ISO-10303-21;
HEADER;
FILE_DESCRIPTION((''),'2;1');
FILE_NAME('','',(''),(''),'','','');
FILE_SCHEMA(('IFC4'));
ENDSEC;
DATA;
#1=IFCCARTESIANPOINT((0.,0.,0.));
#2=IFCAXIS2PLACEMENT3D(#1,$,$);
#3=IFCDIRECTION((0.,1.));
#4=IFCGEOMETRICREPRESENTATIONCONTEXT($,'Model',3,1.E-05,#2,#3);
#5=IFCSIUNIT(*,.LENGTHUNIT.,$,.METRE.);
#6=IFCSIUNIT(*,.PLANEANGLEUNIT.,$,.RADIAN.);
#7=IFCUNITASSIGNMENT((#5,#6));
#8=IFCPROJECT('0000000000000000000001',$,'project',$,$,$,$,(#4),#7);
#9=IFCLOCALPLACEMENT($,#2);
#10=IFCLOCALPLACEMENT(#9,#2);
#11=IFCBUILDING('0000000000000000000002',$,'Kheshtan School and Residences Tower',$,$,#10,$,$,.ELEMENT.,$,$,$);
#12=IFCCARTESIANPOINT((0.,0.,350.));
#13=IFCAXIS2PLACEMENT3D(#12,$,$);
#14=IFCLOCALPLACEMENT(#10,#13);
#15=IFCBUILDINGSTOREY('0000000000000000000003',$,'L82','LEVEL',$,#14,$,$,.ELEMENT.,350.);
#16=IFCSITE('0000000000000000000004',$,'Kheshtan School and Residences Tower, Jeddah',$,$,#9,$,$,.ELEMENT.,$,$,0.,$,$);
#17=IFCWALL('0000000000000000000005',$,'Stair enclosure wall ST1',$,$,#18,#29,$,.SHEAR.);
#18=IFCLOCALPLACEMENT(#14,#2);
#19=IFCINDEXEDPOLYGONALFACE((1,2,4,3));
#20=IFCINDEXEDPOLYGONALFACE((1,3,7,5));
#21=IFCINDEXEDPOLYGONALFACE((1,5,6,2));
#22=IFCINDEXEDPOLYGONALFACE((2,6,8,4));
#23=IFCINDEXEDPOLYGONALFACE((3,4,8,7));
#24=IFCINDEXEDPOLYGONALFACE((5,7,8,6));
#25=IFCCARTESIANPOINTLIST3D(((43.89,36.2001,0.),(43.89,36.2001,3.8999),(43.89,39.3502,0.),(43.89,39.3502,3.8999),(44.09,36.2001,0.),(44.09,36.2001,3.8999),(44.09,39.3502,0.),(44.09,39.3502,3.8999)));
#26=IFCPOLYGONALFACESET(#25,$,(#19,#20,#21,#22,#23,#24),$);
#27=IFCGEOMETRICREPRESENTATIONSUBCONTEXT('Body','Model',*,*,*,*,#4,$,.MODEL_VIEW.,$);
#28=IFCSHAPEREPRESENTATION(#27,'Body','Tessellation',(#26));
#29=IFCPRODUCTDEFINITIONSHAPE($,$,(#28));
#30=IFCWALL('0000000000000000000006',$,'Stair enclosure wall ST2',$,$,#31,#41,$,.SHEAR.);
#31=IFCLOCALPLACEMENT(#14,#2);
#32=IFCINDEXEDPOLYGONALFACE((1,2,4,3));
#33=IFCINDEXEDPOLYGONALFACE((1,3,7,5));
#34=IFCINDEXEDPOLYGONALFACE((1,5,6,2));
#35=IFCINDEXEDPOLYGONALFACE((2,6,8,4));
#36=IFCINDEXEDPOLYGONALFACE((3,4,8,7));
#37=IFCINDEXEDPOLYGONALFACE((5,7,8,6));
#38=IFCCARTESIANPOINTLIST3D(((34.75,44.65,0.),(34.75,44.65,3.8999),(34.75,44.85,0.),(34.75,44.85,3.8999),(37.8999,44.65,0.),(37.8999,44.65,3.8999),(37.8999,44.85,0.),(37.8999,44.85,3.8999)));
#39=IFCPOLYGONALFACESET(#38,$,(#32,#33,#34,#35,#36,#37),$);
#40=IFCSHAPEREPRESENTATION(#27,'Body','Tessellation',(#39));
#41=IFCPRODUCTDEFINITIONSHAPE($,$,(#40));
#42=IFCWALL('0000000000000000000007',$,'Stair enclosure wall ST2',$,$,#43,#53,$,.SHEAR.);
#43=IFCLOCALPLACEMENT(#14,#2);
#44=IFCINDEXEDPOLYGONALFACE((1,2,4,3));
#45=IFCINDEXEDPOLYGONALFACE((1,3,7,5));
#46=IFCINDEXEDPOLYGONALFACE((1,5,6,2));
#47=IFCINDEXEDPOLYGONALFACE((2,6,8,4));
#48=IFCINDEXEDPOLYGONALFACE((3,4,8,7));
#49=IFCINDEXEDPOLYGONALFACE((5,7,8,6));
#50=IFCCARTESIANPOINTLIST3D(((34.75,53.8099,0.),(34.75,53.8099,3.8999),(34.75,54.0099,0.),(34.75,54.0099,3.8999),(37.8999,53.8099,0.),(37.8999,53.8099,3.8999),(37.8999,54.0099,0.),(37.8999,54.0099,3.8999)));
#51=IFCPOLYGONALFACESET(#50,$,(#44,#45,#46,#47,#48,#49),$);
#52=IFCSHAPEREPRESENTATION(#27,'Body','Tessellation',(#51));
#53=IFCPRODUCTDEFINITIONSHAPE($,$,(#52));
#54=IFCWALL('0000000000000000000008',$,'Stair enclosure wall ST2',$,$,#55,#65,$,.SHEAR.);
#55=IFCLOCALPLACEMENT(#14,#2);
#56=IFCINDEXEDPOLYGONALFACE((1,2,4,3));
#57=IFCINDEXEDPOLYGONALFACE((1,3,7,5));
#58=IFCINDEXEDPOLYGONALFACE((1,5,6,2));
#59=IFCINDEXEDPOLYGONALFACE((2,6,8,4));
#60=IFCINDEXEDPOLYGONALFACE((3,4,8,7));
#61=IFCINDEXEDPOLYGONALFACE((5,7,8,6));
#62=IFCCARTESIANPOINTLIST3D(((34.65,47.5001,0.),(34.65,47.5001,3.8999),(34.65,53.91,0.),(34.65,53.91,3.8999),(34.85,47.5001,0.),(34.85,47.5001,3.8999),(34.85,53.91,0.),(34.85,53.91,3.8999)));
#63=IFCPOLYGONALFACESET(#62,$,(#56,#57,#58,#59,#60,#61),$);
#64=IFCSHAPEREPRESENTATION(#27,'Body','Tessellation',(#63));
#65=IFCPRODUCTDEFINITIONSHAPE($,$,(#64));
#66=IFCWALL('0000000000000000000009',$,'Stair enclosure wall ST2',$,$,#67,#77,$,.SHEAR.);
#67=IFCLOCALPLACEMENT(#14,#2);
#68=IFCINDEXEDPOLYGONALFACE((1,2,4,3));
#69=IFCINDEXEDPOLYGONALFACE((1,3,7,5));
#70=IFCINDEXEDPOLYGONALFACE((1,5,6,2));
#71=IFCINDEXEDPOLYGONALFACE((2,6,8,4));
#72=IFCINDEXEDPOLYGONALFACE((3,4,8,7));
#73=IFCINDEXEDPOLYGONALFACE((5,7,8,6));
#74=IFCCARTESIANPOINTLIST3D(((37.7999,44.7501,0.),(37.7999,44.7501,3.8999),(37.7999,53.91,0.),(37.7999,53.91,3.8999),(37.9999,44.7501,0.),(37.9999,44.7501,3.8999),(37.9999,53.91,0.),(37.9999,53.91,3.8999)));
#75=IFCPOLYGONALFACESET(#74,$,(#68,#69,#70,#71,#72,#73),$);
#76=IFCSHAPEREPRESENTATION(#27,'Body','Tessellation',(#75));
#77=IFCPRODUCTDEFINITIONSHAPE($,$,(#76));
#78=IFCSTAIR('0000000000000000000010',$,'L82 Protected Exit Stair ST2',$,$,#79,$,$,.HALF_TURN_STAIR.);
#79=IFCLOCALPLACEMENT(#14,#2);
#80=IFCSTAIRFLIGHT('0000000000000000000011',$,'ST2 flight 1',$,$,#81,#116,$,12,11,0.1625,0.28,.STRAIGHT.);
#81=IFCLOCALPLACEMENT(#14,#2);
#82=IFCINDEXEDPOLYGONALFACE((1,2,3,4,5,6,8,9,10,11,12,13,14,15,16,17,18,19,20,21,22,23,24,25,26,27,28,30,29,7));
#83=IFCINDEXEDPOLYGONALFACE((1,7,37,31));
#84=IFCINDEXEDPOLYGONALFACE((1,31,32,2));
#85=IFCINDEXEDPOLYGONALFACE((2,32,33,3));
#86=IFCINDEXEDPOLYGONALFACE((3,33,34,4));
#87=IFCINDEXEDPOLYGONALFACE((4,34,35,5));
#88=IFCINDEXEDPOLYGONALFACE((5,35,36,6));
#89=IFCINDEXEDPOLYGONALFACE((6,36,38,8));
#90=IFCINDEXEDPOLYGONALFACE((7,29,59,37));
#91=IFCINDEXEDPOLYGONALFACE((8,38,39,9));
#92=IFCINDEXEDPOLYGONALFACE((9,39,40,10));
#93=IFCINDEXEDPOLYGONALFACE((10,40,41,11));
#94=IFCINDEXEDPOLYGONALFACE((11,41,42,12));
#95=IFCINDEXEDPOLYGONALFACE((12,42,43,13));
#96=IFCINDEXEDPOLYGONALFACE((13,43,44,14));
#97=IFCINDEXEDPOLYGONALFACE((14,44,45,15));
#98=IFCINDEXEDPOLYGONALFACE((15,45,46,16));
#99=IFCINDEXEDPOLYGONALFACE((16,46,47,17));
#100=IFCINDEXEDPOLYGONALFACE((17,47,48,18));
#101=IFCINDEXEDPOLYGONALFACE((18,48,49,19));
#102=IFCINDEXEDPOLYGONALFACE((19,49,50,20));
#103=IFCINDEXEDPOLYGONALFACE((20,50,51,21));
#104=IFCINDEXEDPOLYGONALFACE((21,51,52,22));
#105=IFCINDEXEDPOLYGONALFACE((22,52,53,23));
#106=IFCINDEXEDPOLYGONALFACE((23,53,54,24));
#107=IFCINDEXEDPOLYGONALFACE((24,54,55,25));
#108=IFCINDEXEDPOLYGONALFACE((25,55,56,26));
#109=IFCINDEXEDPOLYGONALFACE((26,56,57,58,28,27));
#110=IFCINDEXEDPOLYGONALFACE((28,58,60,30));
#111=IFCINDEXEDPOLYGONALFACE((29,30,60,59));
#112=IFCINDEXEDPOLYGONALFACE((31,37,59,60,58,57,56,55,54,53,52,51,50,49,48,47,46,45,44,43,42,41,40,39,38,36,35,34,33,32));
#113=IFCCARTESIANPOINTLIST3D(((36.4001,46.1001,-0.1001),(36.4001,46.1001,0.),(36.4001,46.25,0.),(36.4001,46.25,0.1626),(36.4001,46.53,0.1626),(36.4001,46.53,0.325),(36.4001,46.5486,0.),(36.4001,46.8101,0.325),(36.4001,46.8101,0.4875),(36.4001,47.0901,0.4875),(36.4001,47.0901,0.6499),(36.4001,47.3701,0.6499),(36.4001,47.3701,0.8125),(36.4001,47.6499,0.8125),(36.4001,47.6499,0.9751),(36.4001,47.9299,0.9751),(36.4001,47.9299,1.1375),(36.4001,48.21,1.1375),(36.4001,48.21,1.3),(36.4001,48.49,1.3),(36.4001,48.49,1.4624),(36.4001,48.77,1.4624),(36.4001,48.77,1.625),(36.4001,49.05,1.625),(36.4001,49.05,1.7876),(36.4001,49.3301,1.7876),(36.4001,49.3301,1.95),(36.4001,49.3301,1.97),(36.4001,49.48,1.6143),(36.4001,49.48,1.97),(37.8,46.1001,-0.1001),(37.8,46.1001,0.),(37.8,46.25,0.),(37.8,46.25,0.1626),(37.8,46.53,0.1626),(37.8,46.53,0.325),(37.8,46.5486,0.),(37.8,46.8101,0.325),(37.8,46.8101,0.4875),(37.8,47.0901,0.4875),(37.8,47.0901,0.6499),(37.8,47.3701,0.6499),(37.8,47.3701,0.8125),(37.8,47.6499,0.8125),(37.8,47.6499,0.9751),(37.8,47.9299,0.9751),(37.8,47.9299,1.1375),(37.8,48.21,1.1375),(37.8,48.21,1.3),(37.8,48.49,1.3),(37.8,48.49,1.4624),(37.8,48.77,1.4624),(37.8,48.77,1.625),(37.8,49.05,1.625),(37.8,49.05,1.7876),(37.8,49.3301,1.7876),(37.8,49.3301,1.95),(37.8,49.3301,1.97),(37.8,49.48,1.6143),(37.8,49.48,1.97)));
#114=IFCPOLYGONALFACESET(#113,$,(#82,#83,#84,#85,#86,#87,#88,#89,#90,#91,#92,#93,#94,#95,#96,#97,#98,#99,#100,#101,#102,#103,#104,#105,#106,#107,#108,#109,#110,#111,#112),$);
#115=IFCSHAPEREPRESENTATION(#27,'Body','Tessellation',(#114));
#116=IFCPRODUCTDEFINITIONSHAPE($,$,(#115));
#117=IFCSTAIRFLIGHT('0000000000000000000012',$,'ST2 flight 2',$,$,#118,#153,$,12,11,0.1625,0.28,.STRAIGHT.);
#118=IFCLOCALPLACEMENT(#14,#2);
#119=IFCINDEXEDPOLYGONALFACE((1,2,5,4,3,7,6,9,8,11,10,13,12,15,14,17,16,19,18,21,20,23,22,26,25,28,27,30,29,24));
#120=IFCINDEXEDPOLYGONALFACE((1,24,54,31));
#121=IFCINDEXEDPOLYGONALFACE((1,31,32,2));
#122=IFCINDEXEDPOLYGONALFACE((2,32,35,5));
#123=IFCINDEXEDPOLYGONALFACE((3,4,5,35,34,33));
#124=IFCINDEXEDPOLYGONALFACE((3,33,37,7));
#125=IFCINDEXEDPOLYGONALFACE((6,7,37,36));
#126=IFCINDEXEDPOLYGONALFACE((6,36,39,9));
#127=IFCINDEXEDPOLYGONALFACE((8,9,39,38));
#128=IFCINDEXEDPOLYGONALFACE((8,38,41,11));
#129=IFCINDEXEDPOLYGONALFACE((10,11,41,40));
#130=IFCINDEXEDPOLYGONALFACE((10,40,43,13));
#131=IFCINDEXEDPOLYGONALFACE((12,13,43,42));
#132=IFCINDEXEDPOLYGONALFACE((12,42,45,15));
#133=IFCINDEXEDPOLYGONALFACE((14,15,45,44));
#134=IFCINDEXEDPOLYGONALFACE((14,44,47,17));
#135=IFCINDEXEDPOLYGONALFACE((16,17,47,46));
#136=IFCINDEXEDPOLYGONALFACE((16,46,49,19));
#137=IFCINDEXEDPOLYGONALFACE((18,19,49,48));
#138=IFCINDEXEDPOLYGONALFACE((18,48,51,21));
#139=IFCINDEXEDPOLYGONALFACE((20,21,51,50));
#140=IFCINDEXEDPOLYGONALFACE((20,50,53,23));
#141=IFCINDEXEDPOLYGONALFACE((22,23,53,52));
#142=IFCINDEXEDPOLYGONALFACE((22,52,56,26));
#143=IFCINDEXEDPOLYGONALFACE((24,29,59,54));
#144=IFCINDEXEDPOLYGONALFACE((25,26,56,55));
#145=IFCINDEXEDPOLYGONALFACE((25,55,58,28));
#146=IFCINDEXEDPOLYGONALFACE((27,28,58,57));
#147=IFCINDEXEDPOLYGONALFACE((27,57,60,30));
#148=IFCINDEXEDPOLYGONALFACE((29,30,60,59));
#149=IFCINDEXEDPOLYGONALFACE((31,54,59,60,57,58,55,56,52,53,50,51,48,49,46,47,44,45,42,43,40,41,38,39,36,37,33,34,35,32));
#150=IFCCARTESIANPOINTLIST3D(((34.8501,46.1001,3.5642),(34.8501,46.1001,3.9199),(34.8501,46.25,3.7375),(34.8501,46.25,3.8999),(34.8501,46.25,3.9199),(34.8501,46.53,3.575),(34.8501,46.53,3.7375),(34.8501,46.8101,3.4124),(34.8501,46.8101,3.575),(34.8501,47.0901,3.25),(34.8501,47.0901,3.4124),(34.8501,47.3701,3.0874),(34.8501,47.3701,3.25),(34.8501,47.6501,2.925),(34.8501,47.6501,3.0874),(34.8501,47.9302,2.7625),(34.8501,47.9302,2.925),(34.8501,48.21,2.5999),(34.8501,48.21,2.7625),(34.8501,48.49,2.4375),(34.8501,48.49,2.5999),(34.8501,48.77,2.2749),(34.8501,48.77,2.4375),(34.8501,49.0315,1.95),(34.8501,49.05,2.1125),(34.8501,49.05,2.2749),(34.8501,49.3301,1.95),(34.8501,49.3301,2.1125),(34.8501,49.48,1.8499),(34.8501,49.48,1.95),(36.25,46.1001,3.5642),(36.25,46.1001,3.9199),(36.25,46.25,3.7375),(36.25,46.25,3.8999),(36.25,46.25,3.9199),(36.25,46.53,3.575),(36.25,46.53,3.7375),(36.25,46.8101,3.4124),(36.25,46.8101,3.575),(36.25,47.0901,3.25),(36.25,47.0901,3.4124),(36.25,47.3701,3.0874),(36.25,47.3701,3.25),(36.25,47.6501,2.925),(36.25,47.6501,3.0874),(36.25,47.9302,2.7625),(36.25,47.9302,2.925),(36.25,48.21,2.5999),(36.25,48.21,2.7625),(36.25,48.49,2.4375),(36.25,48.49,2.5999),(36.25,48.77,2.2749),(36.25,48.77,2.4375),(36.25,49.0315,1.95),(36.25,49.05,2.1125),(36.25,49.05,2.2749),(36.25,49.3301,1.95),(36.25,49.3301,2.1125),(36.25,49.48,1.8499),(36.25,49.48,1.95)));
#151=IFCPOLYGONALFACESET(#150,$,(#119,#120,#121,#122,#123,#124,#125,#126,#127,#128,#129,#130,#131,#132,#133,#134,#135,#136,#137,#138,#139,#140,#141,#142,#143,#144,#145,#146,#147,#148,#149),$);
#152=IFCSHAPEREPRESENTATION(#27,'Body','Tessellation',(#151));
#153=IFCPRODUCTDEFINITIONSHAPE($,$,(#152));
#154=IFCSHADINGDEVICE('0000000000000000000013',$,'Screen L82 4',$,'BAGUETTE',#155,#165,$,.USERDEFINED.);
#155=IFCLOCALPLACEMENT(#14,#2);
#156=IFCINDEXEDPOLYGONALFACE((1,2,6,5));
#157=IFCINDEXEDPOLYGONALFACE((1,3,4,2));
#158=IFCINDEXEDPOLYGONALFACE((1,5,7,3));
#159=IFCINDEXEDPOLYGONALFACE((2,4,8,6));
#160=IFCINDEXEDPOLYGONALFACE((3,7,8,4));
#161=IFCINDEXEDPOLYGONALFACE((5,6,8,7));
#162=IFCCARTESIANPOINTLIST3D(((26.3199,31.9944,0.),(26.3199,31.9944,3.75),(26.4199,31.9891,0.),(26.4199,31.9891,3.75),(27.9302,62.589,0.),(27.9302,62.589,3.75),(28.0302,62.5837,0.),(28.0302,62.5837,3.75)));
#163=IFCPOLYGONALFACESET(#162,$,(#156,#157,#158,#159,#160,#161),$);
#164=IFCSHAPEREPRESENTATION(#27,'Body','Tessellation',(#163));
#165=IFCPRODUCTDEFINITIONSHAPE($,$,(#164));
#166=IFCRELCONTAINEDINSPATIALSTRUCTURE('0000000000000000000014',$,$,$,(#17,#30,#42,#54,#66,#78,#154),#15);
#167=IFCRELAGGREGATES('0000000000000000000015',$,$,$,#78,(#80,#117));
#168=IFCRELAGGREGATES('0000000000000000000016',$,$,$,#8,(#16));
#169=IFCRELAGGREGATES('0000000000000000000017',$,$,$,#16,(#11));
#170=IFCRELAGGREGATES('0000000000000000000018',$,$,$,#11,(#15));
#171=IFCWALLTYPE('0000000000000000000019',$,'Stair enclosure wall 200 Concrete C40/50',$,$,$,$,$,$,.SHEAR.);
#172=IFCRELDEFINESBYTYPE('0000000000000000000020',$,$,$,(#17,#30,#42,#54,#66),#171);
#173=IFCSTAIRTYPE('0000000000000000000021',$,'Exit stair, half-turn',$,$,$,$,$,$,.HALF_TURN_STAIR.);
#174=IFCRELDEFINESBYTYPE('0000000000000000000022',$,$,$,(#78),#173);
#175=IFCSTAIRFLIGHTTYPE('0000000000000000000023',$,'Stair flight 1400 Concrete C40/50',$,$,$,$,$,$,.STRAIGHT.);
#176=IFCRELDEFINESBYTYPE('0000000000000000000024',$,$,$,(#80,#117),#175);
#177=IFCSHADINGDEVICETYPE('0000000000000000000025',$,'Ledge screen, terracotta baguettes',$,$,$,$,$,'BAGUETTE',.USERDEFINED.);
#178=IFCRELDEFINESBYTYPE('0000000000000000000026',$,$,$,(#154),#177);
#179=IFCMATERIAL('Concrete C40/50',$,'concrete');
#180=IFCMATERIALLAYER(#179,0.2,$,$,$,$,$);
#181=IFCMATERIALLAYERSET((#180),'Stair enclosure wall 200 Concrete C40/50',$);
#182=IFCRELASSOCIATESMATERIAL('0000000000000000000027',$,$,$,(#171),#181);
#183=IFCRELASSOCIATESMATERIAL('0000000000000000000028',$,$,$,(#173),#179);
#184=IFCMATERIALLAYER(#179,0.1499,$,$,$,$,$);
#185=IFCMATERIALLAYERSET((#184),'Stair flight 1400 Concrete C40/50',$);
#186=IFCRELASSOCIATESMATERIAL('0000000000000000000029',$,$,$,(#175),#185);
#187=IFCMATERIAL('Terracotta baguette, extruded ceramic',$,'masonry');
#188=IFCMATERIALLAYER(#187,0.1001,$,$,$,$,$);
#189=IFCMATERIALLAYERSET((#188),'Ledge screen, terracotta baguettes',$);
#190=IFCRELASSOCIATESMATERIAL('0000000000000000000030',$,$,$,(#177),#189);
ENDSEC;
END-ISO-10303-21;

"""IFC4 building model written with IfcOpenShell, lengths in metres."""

from ifc_helpers import new_model, si_unit, direction, frame, frame_2d, origin, origin_2d, place, context, subcontext, project, spatial, polyline, rectangle, outline, extrude, material, layer, layer_set, type_object, element, aggregate, save


model = new_model("IFC4")

# Units and contexts
model_context = context("Model", 3, precision=1e-05, world=origin(), true_north=direction((0.0, 1.0)))
body_context = subcontext(model_context, "Body", "Model", "MODEL_VIEW")
ifc_project = project(units=[si_unit("LENGTHUNIT", "METRE"), si_unit("PLANEANGLEUNIT", "RADIAN")], contexts=[model_context])

# Site, building, storey
site_placement = place(None, origin())
site = spatial("IfcSite", under=ifc_project, at=site_placement, Name="Kheshtan School and Residences Tower, Jeddah", CompositionType="ELEMENT", RefElevation=0.0)
building_placement = place(site_placement, origin())
building = spatial("IfcBuilding", under=site, at=building_placement, Name="Kheshtan School and Residences Tower", CompositionType="ELEMENT")
storey_placement = place(building_placement, frame((0.0, 0.0, 350.0)))
storey = spatial("IfcBuildingStorey", under=building, at=storey_placement, Name="L82", Description="LEVEL", CompositionType="ELEMENT", Elevation=350.0)

# Walls
ifc_material_1 = material(Name="Concrete C40/50", Category="concrete")
ifc_layer_1 = layer(ifc_material_1, 0.2)
ifc_layer_set_1 = layer_set([ifc_layer_1], Name="Stair enclosure wall 200 Concrete C40/50")
wall_type_1 = type_object("IfcWallType", Name="Stair enclosure wall 200 Concrete C40/50", PredefinedType="SHEAR", material=ifc_layer_set_1)
wall_1_placement = place(storey_placement, frame((43.99, 36.2, 0.0), z_axis=(0.0, 0.0, 1.0), x_axis=(0.0, 1.0, 0.0)))
element("IfcWall", 1, at=wall_1_placement, inside=storey, type_object=wall_type_1, Name="Stair enclosure wall ST1", PredefinedType="SHEAR", context=body_context, shape_type="SweptSolid", body=[
    extrude(rectangle(XDim=3.1501, YDim=0.2, at=frame_2d((1.5752, 0.0))), origin(), (0.0, 0.0, 1.0), 3.8999),
])
for number, where, z_axis, x_axis, name in (
    (2, (34.75, 44.75, 0.0), (0.0, 0.0, 1.0), (1.0, 0.0, 0.0), "Stair enclosure wall ST2"),
    (3, (34.75, 53.9099, 0.0), (0.0, 0.0, 1.0), (1.0, 0.0, 0.0), "Stair enclosure wall ST2"),
):
    element("IfcWall", number, at=place(storey_placement, frame(where, z_axis=z_axis, x_axis=x_axis)), inside=storey, type_object=wall_type_1, Name=name, PredefinedType="SHEAR", context=body_context, shape_type="SweptSolid", body=[
        extrude(rectangle(XDim=3.1499, YDim=0.2, at=frame_2d((1.575, 0.0))), origin(), (0.0, 0.0, 1.0), 3.8999),
    ])
wall_2_placement = place(storey_placement, frame((34.75, 47.5, 0.0), z_axis=(0.0, 0.0, 1.0), x_axis=(0.0, 1.0, 0.0)))
element("IfcWall", 4, at=wall_2_placement, inside=storey, type_object=wall_type_1, Name="Stair enclosure wall ST2", PredefinedType="SHEAR", context=body_context, shape_type="SweptSolid", body=[
    extrude(rectangle(XDim=6.4099, YDim=0.2, at=frame_2d((3.2051, 0.0))), origin(), (0.0, 0.0, 1.0), 3.8999),
])
wall_3_placement = place(storey_placement, frame((37.8999, 44.75, 0.0), z_axis=(0.0, 0.0, 1.0), x_axis=(0.0, 1.0, 0.0)))
element("IfcWall", 5, at=wall_3_placement, inside=storey, type_object=wall_type_1, Name="Stair enclosure wall ST2", PredefinedType="SHEAR", context=body_context, shape_type="SweptSolid", body=[
    extrude(rectangle(XDim=9.1599, YDim=0.2, at=frame_2d((4.5801, 0.0))), origin(), (0.0, 0.0, 1.0), 3.8999),
])

# Stair, stair flights
stair_type = type_object("IfcStairType", Name="Exit stair, half-turn", PredefinedType="HALF_TURN_STAIR", material=ifc_material_1)
stair_placement = place(storey_placement, origin())
stair = element("IfcStair", 6, at=stair_placement, inside=storey, type_object=stair_type, Name="L82 Protected Exit Stair ST2", PredefinedType="HALF_TURN_STAIR")
ifc_layer_2 = layer(ifc_material_1, 0.1499)
ifc_layer_set_2 = layer_set([ifc_layer_2], Name="Stair flight 1400 Concrete C40/50")
stair_flight_type = type_object("IfcStairFlightType", Name="Stair flight 1400 Concrete C40/50", PredefinedType="STRAIGHT", material=ifc_layer_set_2)
stair_flight_1_placement = place(storey_placement, frame((37.1001, 46.25, 0.0), z_axis=(0.0, 0.0, 1.0), x_axis=(0.0, 1.0, 0.0)))
stair_flight_1 = element("IfcStairFlight", 7, at=stair_flight_1_placement, type_object=stair_flight_type, Name="ST2 flight 1", NumberOfRisers=12, NumberOfTreads=11, PredefinedType="STRAIGHT", RiserHeight=0.1625, TreadLength=0.28, context=body_context, shape_type="SweptSolid", body=[
    extrude(outline(polyline([(-0.1499, -0.1001), (-0.1499, 0.0), (0.0, 0.0), (0.0, 0.1626), (0.28, 0.1626), (0.28, 0.325), (0.5601, 0.325), (0.5601, 0.4875), (0.8401, 0.4875), (0.8401, 0.6499), (1.1201, 0.6499), (1.1201, 0.8125), (1.3999, 0.8125), (1.3999, 0.9751), (1.6799, 0.9751), (1.6799, 1.1375), (1.96, 1.1375), (1.96, 1.3), (2.24, 1.3), (2.24, 1.4624), (2.52, 1.4624), (2.52, 1.625), (2.8, 1.625), (2.8, 1.7876), (3.0801, 1.7876), (3.0801, 1.95), (3.0801, 1.97), (3.23, 1.97), (3.23, 1.6143), (0.2986, 0.0), (-0.1499, -0.1001)])), frame((0.0, 0.7, 0.0), z_axis=(0.0, -1.0, 0.0), x_axis=(1.0, 0.0, 0.0)), (0.0, 0.0, 1.0), 1.3999),
])
stair_flight_2_placement = place(storey_placement, frame((35.55, 49.3301, 1.95), z_axis=(0.0, 0.0, 1.0), x_axis=(0.0, -1.0, 0.0)))
stair_flight_2 = element("IfcStairFlight", 8, at=stair_flight_2_placement, type_object=stair_flight_type, Name="ST2 flight 2", NumberOfRisers=12, NumberOfTreads=11, PredefinedType="STRAIGHT", RiserHeight=0.1625, TreadLength=0.28, context=body_context, shape_type="SweptSolid", body=[
    extrude(outline(polyline([(-0.1499, -0.1001), (-0.1499, 0.0), (0.0, 0.0), (0.0, 0.1626), (0.28, 0.1626), (0.28, 0.325), (0.5601, 0.325), (0.5601, 0.4875), (0.8401, 0.4875), (0.8401, 0.6499), (1.1201, 0.6499), (1.1201, 0.8125), (1.3999, 0.8125), (1.3999, 0.9751), (1.6799, 0.9751), (1.6799, 1.1375), (1.96, 1.1375), (1.96, 1.3), (2.24, 1.3), (2.24, 1.4624), (2.52, 1.4624), (2.52, 1.625), (2.8, 1.625), (2.8, 1.7876), (3.0801, 1.7876), (3.0801, 1.95), (3.0801, 1.97), (3.23, 1.97), (3.23, 1.6143), (0.2986, 0.0), (-0.1499, -0.1001)])), frame((0.0, 0.7, 0.0), z_axis=(0.0, -1.0, 0.0), x_axis=(1.0, 0.0, 0.0)), (0.0, 0.0, 1.0), 1.3999),
])
aggregate(stair, [stair_flight_1, stair_flight_2])

# Shading device
ifc_material_2 = material(Name="Terracotta baguette, extruded ceramic", Category="masonry")
ifc_layer_3 = layer(ifc_material_2, 0.1001)
ifc_layer_set_3 = layer_set([ifc_layer_3], Name="Ledge screen, terracotta baguettes")
shading_device_type = type_object("IfcShadingDeviceType", Name="Ledge screen, terracotta baguettes", ElementType="BAGUETTE", PredefinedType="USERDEFINED", material=ifc_layer_set_3)
shading_device_placement = place(storey_placement, frame((27.175, 47.2891, 0.0), z_axis=(0.0, 0.0, 1.0), x_axis=(0.052563, 0.998618, 0.0)))
element("IfcShadingDevice", 9, at=shading_device_placement, inside=storey, type_object=shading_device_type, Name="Screen L82 4", ObjectType="BAGUETTE", PredefinedType="USERDEFINED", context=body_context, shape_type="SweptSolid", body=[
    extrude(rectangle(XDim=30.637, YDim=0.1001, at=origin_2d()), origin(), (0.0, 0.0, 1.0), 3.75),
])

save(model, "model.ifc")
